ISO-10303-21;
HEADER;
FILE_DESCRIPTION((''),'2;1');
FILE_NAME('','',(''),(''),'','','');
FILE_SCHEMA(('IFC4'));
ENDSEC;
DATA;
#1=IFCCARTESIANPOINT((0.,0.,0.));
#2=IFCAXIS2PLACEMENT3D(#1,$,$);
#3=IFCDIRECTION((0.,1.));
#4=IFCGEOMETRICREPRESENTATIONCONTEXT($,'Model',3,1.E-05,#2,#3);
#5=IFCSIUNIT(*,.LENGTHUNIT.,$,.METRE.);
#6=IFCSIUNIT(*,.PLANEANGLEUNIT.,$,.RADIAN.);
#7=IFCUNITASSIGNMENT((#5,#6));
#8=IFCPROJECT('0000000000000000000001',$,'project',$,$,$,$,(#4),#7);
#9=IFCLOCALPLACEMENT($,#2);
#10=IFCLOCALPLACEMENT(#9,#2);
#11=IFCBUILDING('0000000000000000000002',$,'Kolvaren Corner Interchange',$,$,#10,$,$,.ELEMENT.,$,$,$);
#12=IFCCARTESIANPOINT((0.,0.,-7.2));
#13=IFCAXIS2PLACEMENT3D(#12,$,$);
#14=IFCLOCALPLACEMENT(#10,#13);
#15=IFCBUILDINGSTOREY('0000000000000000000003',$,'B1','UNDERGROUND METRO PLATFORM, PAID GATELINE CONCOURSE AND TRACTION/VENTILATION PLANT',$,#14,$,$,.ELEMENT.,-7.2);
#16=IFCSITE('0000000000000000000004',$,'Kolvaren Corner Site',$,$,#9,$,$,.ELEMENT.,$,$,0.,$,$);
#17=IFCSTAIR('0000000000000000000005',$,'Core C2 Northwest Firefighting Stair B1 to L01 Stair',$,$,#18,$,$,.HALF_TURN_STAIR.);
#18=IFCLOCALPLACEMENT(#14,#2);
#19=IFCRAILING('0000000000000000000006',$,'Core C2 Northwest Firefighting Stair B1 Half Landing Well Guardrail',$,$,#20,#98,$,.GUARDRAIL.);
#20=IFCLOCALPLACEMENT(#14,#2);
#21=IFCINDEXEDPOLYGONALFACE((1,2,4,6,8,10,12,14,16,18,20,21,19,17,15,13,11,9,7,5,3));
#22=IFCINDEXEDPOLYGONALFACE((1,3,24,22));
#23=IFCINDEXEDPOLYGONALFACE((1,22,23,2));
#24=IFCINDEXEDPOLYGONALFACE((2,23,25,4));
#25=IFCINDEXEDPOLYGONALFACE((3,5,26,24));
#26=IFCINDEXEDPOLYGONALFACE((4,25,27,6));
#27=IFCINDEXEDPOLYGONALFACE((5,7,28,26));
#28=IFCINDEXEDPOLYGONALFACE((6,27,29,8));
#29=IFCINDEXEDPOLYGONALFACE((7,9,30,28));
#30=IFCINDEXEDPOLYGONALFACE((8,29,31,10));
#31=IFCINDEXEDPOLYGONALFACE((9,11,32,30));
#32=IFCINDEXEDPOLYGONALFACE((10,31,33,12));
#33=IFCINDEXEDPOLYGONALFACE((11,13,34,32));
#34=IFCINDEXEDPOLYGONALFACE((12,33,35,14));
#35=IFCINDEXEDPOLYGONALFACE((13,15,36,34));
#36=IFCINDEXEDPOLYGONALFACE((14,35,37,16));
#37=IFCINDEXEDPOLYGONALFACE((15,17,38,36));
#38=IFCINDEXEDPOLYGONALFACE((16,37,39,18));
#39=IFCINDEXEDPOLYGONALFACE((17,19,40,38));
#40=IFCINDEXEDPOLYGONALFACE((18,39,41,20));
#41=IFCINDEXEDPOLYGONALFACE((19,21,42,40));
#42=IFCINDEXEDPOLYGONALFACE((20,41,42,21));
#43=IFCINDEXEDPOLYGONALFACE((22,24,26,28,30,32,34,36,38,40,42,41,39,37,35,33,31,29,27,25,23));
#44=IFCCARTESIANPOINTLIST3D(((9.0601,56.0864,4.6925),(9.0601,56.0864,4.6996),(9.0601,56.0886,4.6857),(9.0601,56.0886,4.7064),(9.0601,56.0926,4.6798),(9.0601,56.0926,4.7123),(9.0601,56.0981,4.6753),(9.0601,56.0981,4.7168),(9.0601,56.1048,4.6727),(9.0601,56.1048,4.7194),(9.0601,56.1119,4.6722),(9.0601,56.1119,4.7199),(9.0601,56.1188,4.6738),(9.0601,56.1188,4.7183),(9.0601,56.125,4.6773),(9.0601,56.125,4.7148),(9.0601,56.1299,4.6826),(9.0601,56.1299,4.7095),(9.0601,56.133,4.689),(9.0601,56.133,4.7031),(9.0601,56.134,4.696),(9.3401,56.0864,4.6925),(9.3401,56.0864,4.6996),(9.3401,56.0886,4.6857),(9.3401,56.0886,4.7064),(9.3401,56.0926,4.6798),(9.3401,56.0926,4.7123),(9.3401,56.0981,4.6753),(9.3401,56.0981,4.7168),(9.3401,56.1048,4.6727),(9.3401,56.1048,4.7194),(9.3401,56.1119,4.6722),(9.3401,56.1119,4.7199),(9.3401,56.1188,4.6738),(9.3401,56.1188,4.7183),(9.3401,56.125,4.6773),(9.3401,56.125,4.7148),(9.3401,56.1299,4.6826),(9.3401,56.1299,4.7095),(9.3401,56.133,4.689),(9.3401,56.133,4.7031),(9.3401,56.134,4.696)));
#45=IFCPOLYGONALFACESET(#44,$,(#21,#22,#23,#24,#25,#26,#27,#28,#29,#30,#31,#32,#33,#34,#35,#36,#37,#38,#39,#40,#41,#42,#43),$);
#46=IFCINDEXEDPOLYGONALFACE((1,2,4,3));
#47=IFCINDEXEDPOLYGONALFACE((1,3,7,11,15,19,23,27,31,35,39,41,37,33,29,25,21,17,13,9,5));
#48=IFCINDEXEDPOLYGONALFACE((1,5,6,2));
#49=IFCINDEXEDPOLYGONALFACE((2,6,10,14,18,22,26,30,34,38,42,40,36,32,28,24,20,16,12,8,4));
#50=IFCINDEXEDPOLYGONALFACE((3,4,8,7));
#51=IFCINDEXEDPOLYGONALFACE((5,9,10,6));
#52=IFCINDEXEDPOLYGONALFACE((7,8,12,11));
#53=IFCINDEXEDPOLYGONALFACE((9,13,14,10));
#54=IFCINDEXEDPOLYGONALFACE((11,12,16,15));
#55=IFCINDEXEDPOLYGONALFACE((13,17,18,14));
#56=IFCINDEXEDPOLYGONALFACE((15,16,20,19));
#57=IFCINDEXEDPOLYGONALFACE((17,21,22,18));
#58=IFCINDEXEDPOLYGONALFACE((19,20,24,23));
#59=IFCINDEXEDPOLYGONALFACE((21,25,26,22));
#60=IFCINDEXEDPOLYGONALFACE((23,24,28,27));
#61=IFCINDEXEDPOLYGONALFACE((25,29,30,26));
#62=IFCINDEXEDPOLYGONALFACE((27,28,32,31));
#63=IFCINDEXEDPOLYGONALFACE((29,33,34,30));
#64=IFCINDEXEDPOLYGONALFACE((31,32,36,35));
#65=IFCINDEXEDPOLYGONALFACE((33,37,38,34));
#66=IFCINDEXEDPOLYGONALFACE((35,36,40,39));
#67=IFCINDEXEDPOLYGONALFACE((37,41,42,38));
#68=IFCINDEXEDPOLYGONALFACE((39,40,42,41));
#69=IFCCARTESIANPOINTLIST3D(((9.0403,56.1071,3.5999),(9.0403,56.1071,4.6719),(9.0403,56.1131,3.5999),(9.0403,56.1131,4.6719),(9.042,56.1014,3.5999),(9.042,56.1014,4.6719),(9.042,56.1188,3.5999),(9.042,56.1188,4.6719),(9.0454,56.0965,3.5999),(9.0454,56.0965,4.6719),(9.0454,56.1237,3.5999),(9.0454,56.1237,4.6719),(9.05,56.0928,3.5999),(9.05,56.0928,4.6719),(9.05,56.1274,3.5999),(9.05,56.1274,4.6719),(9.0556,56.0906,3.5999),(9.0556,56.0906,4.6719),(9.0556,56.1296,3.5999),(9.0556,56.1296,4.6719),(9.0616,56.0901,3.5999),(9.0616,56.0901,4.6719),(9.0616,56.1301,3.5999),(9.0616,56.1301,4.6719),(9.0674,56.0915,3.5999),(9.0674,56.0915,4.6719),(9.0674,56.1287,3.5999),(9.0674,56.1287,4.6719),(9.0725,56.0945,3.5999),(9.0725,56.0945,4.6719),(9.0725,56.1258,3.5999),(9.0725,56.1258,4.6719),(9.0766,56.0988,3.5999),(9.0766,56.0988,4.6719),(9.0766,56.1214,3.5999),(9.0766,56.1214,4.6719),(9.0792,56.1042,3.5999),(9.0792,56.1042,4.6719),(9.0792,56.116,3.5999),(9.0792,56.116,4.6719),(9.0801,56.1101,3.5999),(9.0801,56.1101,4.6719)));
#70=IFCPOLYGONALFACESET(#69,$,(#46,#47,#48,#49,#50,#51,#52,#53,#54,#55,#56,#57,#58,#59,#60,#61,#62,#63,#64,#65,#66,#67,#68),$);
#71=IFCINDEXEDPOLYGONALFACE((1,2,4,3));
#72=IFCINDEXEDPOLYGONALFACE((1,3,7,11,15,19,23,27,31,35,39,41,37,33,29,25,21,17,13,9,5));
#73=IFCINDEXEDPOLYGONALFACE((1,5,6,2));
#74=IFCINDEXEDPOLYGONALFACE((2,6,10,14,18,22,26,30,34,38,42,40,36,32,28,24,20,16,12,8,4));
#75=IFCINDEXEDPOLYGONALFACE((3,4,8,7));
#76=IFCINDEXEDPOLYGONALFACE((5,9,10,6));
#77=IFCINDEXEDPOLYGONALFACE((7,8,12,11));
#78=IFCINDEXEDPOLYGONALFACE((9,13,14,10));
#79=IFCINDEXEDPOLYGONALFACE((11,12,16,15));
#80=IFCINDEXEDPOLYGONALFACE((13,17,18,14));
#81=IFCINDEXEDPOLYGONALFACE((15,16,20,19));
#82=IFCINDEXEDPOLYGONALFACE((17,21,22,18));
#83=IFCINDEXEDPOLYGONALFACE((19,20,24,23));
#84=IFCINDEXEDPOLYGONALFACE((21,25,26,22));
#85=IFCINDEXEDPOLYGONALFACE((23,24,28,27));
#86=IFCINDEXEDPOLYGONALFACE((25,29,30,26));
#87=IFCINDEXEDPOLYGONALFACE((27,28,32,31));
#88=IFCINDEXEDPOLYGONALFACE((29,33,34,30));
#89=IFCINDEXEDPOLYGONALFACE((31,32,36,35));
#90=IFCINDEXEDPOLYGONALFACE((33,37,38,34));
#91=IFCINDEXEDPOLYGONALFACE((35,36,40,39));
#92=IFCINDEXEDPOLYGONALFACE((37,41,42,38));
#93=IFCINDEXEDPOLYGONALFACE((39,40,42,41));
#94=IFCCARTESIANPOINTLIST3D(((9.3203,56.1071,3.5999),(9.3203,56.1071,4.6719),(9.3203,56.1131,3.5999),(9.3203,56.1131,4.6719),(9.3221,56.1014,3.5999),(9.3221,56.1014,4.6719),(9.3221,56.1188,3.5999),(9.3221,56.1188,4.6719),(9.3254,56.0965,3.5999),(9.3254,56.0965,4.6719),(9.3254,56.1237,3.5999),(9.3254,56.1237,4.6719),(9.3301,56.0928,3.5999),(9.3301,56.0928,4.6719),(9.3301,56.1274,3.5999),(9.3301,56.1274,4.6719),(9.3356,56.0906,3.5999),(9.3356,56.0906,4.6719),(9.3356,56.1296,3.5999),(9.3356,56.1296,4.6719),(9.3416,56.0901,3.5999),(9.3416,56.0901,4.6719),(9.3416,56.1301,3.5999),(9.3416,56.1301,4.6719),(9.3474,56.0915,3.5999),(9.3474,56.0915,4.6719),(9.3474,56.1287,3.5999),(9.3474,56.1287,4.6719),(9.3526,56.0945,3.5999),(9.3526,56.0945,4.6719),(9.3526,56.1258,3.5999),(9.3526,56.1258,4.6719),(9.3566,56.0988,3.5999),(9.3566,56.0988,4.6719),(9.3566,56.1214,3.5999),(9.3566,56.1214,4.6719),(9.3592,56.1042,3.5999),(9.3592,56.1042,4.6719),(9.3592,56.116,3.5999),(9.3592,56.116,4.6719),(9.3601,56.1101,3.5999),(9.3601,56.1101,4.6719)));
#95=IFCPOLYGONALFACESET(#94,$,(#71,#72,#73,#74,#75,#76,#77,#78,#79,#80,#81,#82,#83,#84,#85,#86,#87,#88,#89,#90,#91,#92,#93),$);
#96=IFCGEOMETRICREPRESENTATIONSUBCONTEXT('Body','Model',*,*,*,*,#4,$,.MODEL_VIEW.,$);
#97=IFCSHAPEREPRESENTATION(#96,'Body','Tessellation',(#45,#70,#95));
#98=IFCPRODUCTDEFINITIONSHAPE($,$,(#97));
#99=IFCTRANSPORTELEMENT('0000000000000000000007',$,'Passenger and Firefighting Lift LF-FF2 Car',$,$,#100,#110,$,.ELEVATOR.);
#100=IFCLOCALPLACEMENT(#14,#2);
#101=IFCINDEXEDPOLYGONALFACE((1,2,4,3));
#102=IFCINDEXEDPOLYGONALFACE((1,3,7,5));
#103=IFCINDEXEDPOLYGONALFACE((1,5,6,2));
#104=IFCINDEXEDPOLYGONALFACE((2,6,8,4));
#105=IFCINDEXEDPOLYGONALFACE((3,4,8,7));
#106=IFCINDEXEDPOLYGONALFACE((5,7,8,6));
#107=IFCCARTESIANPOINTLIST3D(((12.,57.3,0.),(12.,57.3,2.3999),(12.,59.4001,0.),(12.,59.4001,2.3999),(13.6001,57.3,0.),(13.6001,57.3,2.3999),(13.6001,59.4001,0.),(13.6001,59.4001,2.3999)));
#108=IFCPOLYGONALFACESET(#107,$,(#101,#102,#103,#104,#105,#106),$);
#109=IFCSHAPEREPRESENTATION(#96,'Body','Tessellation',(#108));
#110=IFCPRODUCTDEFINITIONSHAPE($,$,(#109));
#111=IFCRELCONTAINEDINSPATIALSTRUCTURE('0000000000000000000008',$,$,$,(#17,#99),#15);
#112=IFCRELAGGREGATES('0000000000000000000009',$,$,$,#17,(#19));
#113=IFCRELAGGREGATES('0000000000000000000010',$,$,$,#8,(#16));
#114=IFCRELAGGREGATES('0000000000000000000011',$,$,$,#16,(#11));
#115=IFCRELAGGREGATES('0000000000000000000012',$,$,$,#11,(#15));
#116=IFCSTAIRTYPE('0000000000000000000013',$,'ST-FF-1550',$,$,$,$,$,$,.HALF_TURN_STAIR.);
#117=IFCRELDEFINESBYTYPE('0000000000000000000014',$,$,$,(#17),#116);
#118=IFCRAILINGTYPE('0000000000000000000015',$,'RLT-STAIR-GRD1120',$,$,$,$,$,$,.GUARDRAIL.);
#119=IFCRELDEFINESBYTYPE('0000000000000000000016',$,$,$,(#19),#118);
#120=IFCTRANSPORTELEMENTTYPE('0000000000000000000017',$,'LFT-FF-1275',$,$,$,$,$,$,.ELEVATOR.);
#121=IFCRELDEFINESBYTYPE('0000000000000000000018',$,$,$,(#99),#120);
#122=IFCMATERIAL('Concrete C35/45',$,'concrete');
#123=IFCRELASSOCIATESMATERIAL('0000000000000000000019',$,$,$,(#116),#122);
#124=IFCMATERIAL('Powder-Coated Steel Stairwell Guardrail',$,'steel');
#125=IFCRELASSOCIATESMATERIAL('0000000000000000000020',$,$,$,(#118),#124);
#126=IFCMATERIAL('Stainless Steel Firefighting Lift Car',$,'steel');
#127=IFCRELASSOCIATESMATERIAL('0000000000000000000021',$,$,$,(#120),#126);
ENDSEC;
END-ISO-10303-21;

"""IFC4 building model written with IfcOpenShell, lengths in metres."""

from ifc_helpers import new_model, si_unit, direction, frame, origin, origin_2d, place, context, subcontext, project, spatial, rectangle, circle, extrude, material, type_object, element, aggregate, save


model = new_model("IFC4")

# Units and contexts
model_context = context("Model", 3, precision=1e-05, world=origin(), true_north=direction((0.0, 1.0)))
body_context = subcontext(model_context, "Body", "Model", "MODEL_VIEW")
ifc_project = project(units=[si_unit("LENGTHUNIT", "METRE"), si_unit("PLANEANGLEUNIT", "RADIAN")], contexts=[model_context])

# Site, building, storey
site_placement = place(None, origin())
site = spatial("IfcSite", under=ifc_project, at=site_placement, Name="Kolvaren Corner Site", CompositionType="ELEMENT", RefElevation=0.0)
building_placement = place(site_placement, origin())
building = spatial("IfcBuilding", under=site, at=building_placement, Name="Kolvaren Corner Interchange", CompositionType="ELEMENT")
storey_placement = place(building_placement, frame((0.0, 0.0, -7.2)))
storey = spatial("IfcBuildingStorey", under=building, at=storey_placement, Name="B1", Description="UNDERGROUND METRO PLATFORM, PAID GATELINE CONCOURSE AND TRACTION/VENTILATION PLANT", CompositionType="ELEMENT", Elevation=-7.2)

# Stair, railing
ifc_material_1 = material(Name="Concrete C35/45", Category="concrete")
stair_type = type_object("IfcStairType", Name="ST-FF-1550", PredefinedType="HALF_TURN_STAIR", material=ifc_material_1)
stair_placement = place(storey_placement, origin())
stair = element("IfcStair", 1, at=stair_placement, inside=storey, type_object=stair_type, Name="Core C2 Northwest Firefighting Stair B1 to L01 Stair", PredefinedType="HALF_TURN_STAIR")
ifc_material_2 = material(Name="Powder-Coated Steel Stairwell Guardrail", Category="steel")
railing_type_1 = type_object("IfcRailingType", Name="RLT-STAIR-GRD1120", PredefinedType="GUARDRAIL", material=ifc_material_2)
railing_1_placement = place(storey_placement, frame((9.0601, 56.1101, 3.5999)))
railing_1 = element("IfcRailing", 2, at=railing_1_placement, type_object=railing_type_1, Name="Core C2 Northwest Firefighting Stair B1 Half Landing Well Guardrail", PredefinedType="GUARDRAIL", context=body_context, shape_type="SweptSolid", body=[
    extrude(circle(Radius=0.0239, at=origin_2d()), frame((0.0, 0.0, 1.0962), z_axis=(1.0, 0.0, 0.0), x_axis=(0.0, 1.0, 0.0)), (0.0, 0.0, 1.0), 0.28),
    extrude(circle(Radius=0.02, at=origin_2d()), origin(), (0.0, 0.0, 1.0), 1.072),
    extrude(circle(Radius=0.02, at=origin_2d()), frame((0.28, 0.0, 0.0)), (0.0, 0.0, 1.0), 1.072),
])
aggregate(stair, [railing_1])

# Transport element
ifc_material_3 = material(Name="Stainless Steel Firefighting Lift Car", Category="steel")
transport_element_type = type_object("IfcTransportElementType", Name="LFT-FF-1275", PredefinedType="ELEVATOR", material=ifc_material_3)
transport_element_placement = place(storey_placement, frame((12.8, 58.3501, 0.0), z_axis=(0.0, 0.0, 1.0), x_axis=(1.0, 0.0, 0.0)))
element("IfcTransportElement", 3, at=transport_element_placement, inside=storey, type_object=transport_element_type, Name="Passenger and Firefighting Lift LF-FF2 Car", PredefinedType="ELEVATOR", context=body_context, shape_type="SweptSolid", body=[
    extrude(rectangle(XDim=1.6001, YDim=2.1001, at=origin_2d()), origin(), (0.0, 0.0, 1.0), 2.3999),
])

save(model, "model.ifc")
